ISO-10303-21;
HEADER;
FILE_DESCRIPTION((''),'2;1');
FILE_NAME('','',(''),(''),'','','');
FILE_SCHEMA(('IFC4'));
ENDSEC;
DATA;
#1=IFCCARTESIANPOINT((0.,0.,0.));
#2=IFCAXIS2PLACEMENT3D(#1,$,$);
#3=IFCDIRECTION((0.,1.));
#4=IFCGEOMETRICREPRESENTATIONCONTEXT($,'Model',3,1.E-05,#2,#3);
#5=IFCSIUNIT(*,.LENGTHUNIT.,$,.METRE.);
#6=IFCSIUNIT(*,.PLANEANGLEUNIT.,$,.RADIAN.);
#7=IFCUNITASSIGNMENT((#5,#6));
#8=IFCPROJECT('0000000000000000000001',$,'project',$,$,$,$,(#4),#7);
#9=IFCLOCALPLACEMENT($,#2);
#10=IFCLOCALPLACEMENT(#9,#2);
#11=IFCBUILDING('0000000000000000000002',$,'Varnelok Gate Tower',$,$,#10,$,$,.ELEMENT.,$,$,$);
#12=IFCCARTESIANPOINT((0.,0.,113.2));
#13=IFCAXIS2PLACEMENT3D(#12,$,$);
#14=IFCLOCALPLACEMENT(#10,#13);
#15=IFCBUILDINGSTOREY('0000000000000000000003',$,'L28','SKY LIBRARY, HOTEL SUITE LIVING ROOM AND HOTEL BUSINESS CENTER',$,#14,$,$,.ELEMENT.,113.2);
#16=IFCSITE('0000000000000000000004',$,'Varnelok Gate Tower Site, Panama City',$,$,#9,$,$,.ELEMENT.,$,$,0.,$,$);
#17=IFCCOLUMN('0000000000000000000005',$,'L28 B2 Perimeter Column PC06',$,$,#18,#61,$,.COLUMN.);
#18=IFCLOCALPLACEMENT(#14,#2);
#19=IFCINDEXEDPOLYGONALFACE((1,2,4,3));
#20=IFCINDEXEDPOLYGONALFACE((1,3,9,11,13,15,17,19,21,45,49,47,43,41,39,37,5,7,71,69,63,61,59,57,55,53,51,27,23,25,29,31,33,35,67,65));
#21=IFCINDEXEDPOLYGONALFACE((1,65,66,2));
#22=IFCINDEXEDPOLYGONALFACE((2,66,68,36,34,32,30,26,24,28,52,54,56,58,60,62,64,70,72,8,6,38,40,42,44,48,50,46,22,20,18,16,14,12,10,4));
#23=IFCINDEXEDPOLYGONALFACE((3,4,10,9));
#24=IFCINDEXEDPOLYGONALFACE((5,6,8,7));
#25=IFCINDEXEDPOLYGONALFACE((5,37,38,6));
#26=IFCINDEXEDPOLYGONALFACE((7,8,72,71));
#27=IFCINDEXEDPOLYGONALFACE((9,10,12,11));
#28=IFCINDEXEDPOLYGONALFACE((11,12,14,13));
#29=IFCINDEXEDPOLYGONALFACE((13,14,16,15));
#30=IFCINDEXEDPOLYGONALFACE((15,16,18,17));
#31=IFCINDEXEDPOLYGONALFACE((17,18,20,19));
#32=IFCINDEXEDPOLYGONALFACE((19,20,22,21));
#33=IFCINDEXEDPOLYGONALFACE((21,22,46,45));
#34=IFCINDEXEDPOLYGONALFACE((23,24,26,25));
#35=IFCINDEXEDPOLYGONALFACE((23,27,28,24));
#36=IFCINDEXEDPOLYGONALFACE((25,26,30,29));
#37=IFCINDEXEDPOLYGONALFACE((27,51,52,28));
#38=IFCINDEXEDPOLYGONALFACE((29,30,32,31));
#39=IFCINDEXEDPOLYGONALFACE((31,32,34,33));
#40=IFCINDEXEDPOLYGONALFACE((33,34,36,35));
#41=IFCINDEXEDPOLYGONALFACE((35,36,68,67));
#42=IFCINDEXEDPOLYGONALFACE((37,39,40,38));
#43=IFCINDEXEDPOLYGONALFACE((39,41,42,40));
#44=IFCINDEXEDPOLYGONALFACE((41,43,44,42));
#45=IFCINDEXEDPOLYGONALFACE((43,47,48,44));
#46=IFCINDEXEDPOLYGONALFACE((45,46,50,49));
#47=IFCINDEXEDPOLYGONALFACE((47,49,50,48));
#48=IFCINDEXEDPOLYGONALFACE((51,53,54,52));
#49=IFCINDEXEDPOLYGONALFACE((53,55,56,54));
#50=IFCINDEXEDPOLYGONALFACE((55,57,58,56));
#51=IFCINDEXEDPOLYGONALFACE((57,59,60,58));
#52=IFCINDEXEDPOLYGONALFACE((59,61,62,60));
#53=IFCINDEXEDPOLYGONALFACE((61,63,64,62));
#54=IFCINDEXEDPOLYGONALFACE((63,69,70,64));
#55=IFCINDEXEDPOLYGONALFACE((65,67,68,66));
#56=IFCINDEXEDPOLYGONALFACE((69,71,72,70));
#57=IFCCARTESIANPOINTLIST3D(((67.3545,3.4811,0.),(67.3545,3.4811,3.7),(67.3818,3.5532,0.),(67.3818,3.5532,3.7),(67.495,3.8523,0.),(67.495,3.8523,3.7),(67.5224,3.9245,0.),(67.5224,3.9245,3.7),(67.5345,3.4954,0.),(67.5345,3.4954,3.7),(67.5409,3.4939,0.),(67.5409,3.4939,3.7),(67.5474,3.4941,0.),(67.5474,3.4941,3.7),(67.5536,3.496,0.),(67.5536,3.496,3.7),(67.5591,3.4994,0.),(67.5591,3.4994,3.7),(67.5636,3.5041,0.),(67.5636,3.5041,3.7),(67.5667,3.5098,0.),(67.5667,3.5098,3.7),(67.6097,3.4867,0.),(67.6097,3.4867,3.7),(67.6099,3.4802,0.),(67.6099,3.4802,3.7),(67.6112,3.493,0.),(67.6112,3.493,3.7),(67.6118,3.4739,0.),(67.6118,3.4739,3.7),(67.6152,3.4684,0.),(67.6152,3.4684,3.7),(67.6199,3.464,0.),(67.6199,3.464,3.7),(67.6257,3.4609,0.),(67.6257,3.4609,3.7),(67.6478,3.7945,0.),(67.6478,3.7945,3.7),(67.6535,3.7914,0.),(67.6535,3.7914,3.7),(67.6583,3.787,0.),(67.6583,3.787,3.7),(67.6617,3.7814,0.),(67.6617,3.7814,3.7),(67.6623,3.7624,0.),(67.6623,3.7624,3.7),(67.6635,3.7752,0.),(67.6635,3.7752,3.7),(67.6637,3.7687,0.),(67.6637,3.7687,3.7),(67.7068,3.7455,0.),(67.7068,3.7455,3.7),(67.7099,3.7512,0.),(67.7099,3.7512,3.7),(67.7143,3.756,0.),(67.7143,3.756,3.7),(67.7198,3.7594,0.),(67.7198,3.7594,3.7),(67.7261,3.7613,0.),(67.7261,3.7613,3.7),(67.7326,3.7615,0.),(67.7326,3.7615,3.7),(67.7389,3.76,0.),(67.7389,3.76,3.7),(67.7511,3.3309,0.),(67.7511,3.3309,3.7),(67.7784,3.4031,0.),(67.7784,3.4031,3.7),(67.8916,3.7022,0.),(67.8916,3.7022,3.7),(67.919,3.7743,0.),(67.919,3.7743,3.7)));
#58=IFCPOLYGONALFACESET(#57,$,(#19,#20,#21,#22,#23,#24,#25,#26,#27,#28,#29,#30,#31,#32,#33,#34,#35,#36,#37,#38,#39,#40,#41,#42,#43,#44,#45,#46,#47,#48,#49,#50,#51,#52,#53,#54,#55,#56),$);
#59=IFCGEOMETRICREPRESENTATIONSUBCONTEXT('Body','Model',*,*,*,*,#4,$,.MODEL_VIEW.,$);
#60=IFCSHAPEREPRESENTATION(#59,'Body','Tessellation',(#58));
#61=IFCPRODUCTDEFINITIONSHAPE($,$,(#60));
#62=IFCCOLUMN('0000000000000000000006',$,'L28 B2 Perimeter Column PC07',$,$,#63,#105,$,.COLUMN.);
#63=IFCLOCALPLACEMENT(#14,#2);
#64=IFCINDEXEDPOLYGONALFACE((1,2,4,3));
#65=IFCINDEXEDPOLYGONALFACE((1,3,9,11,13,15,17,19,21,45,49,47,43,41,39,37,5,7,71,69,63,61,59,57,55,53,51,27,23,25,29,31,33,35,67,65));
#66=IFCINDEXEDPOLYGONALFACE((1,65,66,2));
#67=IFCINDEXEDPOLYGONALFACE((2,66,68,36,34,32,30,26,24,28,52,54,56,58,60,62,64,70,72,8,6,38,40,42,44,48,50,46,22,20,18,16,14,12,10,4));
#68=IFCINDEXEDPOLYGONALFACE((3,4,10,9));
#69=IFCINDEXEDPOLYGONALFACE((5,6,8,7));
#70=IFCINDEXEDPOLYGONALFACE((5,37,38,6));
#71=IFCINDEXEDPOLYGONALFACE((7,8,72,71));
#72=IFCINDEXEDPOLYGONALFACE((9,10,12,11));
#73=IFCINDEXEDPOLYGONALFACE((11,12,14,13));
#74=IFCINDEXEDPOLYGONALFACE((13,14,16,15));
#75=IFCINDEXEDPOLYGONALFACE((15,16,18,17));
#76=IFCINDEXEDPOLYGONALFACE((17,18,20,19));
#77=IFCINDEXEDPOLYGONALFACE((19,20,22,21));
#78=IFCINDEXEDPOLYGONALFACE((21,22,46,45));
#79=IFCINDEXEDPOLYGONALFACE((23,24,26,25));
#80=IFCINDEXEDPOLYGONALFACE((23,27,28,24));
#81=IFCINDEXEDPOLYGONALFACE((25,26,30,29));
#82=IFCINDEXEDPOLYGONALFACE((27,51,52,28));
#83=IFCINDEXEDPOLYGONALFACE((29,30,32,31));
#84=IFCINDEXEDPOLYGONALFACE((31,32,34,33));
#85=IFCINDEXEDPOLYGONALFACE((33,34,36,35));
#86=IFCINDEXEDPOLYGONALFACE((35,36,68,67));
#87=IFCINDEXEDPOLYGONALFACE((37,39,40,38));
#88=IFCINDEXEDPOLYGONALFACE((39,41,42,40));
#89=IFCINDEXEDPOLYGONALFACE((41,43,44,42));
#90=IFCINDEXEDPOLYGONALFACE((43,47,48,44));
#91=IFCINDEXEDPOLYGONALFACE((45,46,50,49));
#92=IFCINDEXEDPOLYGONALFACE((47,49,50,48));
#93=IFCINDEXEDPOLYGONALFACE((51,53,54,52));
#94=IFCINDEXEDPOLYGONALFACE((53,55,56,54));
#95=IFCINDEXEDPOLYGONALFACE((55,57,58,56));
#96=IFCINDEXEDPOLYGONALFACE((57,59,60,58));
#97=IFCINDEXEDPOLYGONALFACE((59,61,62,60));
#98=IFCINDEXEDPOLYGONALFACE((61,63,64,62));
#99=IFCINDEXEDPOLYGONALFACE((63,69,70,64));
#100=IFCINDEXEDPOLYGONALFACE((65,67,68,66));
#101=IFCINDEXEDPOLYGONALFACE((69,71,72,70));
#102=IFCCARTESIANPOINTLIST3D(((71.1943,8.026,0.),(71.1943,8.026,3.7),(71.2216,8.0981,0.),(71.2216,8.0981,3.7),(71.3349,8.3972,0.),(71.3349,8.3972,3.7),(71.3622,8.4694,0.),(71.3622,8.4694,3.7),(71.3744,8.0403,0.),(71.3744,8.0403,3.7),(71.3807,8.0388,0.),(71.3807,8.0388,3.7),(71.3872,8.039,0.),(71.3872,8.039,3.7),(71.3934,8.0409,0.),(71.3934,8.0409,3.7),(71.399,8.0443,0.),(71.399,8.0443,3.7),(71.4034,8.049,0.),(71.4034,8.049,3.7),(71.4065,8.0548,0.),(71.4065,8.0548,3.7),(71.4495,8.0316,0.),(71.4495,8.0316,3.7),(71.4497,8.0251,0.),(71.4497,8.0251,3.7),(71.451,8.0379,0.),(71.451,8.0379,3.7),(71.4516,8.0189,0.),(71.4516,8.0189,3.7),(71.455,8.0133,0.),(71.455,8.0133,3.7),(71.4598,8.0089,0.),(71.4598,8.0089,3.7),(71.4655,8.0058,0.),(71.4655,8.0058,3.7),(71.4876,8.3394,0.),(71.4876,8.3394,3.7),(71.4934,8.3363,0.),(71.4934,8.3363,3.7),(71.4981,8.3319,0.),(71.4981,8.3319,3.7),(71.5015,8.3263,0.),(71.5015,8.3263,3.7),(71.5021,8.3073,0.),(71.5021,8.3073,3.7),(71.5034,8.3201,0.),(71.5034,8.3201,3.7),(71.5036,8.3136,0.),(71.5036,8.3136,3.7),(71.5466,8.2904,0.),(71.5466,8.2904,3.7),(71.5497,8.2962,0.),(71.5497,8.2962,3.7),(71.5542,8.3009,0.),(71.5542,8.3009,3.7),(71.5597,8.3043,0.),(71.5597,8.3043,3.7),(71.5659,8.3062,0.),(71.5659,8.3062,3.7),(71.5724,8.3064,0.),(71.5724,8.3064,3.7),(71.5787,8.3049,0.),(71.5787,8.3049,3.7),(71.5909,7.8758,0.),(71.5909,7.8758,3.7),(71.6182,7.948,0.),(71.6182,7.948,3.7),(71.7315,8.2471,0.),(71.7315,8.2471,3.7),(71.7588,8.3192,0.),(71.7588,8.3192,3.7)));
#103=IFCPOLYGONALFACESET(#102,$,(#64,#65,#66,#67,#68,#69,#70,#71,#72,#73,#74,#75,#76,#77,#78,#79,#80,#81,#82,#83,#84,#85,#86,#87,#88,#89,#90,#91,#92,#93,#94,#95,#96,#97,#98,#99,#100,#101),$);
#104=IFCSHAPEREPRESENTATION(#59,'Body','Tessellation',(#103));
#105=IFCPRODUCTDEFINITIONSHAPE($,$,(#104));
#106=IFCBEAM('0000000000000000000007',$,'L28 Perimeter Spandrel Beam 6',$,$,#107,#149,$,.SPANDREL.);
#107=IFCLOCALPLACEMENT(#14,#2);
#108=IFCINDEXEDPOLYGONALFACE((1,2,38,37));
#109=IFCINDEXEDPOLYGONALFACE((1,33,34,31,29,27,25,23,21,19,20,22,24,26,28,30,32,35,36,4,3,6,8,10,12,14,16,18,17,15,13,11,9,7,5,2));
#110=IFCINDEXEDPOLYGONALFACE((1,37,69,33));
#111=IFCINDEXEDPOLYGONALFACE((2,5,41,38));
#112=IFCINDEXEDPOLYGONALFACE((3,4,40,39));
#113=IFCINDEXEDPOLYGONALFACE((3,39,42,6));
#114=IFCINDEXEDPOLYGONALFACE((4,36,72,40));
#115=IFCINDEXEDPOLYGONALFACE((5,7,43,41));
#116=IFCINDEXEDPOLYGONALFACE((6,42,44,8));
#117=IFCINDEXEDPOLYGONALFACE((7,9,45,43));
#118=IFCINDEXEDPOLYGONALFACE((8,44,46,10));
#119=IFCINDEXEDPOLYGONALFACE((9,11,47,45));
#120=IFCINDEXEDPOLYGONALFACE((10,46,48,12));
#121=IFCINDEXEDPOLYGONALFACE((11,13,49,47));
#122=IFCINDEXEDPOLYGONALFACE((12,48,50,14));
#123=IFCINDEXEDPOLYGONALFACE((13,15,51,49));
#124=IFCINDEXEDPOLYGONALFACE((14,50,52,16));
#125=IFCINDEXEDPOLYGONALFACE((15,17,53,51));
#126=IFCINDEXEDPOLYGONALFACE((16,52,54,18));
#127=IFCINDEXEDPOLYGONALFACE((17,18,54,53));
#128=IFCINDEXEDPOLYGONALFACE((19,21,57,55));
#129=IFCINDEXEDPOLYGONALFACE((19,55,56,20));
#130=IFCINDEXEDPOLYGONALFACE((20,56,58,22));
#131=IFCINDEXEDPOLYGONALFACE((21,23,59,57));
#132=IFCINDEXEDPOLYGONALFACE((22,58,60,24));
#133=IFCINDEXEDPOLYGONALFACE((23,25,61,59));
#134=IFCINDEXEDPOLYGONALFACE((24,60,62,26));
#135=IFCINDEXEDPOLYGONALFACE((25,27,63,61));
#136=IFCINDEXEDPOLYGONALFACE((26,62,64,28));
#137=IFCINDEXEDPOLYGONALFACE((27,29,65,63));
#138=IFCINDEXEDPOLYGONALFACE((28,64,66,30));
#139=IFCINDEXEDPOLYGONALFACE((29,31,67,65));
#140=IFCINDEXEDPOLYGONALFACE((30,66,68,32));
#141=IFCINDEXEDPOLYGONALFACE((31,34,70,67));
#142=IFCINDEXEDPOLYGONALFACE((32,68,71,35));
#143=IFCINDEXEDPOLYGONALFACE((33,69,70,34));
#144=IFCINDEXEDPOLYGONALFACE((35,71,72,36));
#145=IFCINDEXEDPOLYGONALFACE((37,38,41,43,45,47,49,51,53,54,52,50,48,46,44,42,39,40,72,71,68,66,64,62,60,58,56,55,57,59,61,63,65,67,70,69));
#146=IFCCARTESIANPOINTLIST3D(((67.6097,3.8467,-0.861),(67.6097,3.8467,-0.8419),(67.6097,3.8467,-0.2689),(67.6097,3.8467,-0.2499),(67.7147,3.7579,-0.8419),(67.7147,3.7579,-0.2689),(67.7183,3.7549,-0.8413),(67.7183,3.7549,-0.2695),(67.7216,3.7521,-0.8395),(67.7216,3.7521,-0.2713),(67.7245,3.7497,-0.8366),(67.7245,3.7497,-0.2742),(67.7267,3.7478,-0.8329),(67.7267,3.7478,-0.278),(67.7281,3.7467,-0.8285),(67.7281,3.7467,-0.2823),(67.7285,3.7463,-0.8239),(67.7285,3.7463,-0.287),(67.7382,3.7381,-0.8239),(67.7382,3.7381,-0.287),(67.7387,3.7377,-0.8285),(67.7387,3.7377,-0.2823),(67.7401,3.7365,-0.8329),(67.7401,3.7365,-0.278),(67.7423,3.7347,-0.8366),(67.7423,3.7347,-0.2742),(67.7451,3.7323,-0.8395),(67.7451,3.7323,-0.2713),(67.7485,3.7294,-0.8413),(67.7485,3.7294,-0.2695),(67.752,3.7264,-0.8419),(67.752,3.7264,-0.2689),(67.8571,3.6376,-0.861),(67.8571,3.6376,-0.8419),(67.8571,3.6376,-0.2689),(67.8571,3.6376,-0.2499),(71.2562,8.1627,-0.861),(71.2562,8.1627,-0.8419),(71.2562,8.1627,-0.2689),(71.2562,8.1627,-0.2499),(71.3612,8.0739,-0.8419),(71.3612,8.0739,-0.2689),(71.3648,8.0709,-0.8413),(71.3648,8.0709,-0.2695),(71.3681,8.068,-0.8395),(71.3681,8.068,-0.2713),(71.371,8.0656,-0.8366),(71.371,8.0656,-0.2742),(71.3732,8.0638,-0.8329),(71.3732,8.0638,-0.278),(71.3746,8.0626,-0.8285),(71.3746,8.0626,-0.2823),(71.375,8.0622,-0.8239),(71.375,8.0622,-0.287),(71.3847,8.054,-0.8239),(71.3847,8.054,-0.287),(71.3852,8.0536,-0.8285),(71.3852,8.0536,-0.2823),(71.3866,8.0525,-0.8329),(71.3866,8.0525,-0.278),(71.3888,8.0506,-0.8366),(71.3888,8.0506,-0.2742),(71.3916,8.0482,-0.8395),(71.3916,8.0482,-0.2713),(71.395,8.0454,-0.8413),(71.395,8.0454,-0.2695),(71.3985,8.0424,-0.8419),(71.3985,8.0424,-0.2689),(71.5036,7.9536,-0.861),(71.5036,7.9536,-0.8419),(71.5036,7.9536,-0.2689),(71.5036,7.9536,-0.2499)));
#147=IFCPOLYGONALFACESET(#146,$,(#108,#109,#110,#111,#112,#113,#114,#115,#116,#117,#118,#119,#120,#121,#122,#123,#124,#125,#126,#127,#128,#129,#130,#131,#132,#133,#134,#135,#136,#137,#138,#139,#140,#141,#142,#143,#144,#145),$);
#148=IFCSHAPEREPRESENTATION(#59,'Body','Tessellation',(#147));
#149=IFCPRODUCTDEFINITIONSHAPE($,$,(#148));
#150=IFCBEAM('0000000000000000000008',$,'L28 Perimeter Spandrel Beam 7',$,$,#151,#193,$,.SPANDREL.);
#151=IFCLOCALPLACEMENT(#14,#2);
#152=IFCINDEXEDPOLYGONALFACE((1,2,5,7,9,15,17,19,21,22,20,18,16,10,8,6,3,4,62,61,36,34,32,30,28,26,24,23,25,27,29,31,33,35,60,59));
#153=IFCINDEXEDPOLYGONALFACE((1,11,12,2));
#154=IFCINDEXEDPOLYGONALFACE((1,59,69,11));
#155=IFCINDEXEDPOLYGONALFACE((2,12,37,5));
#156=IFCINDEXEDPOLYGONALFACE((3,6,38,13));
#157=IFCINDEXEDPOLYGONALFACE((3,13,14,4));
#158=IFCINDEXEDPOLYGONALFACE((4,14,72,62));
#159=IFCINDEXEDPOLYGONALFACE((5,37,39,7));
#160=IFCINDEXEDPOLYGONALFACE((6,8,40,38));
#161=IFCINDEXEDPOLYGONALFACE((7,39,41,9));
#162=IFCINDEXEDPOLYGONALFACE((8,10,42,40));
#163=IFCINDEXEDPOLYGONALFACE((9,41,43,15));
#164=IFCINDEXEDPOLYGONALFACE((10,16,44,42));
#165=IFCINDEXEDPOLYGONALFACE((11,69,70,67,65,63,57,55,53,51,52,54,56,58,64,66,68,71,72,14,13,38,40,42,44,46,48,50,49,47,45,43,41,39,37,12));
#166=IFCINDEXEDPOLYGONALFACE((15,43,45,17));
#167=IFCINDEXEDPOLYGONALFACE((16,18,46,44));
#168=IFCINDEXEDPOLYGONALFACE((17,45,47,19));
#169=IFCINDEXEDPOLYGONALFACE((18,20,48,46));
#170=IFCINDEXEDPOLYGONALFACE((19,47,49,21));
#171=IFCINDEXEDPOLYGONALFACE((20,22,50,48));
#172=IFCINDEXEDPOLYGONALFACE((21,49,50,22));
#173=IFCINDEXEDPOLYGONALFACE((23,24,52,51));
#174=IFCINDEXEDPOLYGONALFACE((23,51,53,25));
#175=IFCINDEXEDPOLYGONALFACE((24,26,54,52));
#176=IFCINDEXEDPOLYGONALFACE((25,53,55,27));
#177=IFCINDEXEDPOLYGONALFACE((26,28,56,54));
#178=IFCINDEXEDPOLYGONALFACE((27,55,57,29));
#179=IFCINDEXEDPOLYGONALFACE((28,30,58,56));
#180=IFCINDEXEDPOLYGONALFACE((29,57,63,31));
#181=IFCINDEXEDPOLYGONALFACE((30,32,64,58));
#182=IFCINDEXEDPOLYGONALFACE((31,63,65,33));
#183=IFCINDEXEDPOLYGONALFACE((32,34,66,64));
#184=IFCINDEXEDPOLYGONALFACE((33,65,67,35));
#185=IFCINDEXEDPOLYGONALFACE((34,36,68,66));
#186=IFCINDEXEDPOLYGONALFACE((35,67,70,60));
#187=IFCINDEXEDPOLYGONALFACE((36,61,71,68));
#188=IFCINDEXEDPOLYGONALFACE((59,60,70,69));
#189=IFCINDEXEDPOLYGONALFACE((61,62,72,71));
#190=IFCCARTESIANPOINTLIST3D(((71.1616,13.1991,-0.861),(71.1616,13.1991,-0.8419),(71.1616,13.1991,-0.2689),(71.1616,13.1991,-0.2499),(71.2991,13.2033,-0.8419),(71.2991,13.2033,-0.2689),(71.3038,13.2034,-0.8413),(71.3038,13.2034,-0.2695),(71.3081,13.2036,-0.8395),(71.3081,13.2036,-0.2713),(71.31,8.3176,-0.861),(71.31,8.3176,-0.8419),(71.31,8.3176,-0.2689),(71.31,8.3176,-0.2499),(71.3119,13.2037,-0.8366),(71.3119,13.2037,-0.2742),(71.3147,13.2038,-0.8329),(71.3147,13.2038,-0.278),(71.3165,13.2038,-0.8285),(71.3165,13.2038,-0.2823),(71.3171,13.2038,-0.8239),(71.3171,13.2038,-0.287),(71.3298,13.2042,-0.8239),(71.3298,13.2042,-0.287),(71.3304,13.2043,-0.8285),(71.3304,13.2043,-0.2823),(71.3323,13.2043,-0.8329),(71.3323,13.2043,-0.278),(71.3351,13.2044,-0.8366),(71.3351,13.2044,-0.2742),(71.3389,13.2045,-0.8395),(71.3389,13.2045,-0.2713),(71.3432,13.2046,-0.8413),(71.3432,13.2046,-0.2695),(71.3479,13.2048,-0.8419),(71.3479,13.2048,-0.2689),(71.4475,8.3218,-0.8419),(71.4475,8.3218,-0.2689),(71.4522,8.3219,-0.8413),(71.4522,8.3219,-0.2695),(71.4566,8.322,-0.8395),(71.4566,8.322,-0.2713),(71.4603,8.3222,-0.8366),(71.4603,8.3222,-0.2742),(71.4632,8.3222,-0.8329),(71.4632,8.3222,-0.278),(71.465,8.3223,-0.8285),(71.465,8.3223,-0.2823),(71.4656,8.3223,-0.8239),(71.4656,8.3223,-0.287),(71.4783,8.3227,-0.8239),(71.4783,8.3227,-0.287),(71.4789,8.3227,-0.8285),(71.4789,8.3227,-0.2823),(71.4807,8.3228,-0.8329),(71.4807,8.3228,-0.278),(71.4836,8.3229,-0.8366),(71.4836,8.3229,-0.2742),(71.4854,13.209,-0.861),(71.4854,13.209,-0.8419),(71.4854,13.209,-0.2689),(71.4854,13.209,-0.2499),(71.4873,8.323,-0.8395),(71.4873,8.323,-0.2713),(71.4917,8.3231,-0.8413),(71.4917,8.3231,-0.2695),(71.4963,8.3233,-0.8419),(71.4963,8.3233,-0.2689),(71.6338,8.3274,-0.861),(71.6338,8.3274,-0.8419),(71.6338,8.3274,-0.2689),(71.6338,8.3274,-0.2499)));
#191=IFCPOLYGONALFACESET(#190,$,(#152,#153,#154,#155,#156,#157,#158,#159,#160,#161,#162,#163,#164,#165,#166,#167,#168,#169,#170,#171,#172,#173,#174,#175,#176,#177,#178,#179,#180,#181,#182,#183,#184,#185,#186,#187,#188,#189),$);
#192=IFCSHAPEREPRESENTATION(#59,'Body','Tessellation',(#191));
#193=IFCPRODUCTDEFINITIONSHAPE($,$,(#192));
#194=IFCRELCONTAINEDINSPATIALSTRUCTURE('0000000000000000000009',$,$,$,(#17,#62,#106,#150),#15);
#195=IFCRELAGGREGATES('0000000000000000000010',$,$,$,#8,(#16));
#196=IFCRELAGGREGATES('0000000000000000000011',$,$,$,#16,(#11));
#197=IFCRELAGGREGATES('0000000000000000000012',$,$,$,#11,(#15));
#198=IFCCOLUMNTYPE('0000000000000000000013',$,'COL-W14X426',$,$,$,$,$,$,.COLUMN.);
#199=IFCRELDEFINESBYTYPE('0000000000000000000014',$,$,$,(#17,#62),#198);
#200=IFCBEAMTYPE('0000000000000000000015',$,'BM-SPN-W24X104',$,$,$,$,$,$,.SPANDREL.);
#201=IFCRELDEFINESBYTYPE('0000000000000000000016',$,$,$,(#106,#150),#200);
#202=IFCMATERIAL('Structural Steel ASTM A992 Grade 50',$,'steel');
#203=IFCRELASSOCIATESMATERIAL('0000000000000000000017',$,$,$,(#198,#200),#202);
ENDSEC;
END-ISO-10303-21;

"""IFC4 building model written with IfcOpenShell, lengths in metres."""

from ifc_helpers import new_model, si_unit, direction, frame, origin, origin_2d, place, context, subcontext, project, spatial, i_section, extrude, material, material_profile, profile_set, type_object, element, save


model = new_model("IFC4")

# Units and contexts
model_context = context("Model", 3, precision=1e-05, world=origin(), true_north=direction((0.0, 1.0)))
body_context = subcontext(model_context, "Body", "Model", "MODEL_VIEW")
ifc_project = project(units=[si_unit("LENGTHUNIT", "METRE"), si_unit("PLANEANGLEUNIT", "RADIAN")], contexts=[model_context])

# Site, building, storey
site_placement = place(None, origin())
site = spatial("IfcSite", under=ifc_project, at=site_placement, Name="Varnelok Gate Tower Site, Panama City", CompositionType="ELEMENT", RefElevation=0.0)
building_placement = place(site_placement, origin())
building = spatial("IfcBuilding", under=site, at=building_placement, Name="Varnelok Gate Tower", CompositionType="ELEMENT")
storey_placement = place(building_placement, frame((0.0, 0.0, 113.2)))
storey = spatial("IfcBuildingStorey", under=building, at=storey_placement, Name="L28", Description="SKY LIBRARY, HOTEL SUITE LIVING ROOM AND HOTEL BUSINESS CENTER", CompositionType="ELEMENT", Elevation=113.2)

# Columns
ifc_material_1 = material(Name="Structural Steel ASTM A992 Grade 50", Category="steel")
ifc_material_profile_1 = material_profile(ifc_material_1, i_section(OverallWidth=0.4241, OverallDepth=0.4741, WebThickness=0.0476, FlangeThickness=0.0771, FilletRadius=0.0249, at=origin_2d()), Name="W14X426")
ifc_profile_set_1 = profile_set([ifc_material_profile_1], Name="Structural Steel ASTM A992 Grade 50")
column_type = type_object("IfcColumnType", Name="COL-W14X426", PredefinedType="COLUMN", material=ifc_profile_set_1)
for number, where, z_axis, x_axis, name in (
    (1, (67.6367, 3.6277, 0.0), (0.0, 0.0, 1.0), (0.935222, -0.354063, 0.0), "L28 B2 Perimeter Column PC06"),
    (2, (71.4766, 8.1726, 0.0), (0.0, 0.0, 1.0), (0.935222, -0.354063, 0.0), "L28 B2 Perimeter Column PC07"),
):
    element("IfcColumn", number, at=place(storey_placement, frame(where, z_axis=z_axis, x_axis=x_axis)), inside=storey, type_object=column_type, Name=name, PredefinedType="COLUMN", context=body_context, shape_type="SweptSolid", body=[
        extrude(i_section(OverallWidth=0.4241, OverallDepth=0.4741, WebThickness=0.0476, FlangeThickness=0.0771, FilletRadius=0.0249, at=origin_2d()), origin(), (0.0, 0.0, 1.0), 3.7),
    ])

# Beams
ifc_material_profile_2 = material_profile(ifc_material_1, i_section(OverallWidth=0.324, OverallDepth=0.6111, WebThickness=0.0127, FlangeThickness=0.019, FilletRadius=0.0181, at=origin_2d()), Name="W24X104")
ifc_profile_set_2 = profile_set([ifc_material_profile_2], Name="Structural Steel ASTM A992 Grade 50")
beam_type = type_object("IfcBeamType", Name="BM-SPN-W24X104", PredefinedType="SPANDREL", material=ifc_profile_set_2)
beam_1_placement = place(storey_placement, frame((67.7334, 3.7422, -0.5554), z_axis=(0.64538, 0.763861, 0.0), x_axis=(-0.763861, 0.64538, 0.0)))
element("IfcBeam", 3, at=beam_1_placement, inside=storey, type_object=beam_type, Name="L28 Perimeter Spandrel Beam 6", PredefinedType="SPANDREL", context=body_context, shape_type="SweptSolid", body=[
    extrude(i_section(OverallWidth=0.324, OverallDepth=0.6111, WebThickness=0.0127, FlangeThickness=0.019, FilletRadius=0.0181, at=origin_2d()), origin(), (0.0, 0.0, 1.0), 5.6501),
])
beam_2_placement = place(storey_placement, frame((71.4719, 8.3225, -0.5554), z_axis=(-0.030394, 0.999538, 0.0), x_axis=(-0.999538, -0.030394, 0.0)))
element("IfcBeam", 4, at=beam_2_placement, inside=storey, type_object=beam_type, Name="L28 Perimeter Spandrel Beam 7", PredefinedType="SPANDREL", context=body_context, shape_type="SweptSolid", body=[
    extrude(i_section(OverallWidth=0.324, OverallDepth=0.6111, WebThickness=0.0127, FlangeThickness=0.019, FilletRadius=0.0181, at=origin_2d()), origin(), (0.0, 0.0, 1.0), 4.8838),
])

save(model, "model.ifc")
